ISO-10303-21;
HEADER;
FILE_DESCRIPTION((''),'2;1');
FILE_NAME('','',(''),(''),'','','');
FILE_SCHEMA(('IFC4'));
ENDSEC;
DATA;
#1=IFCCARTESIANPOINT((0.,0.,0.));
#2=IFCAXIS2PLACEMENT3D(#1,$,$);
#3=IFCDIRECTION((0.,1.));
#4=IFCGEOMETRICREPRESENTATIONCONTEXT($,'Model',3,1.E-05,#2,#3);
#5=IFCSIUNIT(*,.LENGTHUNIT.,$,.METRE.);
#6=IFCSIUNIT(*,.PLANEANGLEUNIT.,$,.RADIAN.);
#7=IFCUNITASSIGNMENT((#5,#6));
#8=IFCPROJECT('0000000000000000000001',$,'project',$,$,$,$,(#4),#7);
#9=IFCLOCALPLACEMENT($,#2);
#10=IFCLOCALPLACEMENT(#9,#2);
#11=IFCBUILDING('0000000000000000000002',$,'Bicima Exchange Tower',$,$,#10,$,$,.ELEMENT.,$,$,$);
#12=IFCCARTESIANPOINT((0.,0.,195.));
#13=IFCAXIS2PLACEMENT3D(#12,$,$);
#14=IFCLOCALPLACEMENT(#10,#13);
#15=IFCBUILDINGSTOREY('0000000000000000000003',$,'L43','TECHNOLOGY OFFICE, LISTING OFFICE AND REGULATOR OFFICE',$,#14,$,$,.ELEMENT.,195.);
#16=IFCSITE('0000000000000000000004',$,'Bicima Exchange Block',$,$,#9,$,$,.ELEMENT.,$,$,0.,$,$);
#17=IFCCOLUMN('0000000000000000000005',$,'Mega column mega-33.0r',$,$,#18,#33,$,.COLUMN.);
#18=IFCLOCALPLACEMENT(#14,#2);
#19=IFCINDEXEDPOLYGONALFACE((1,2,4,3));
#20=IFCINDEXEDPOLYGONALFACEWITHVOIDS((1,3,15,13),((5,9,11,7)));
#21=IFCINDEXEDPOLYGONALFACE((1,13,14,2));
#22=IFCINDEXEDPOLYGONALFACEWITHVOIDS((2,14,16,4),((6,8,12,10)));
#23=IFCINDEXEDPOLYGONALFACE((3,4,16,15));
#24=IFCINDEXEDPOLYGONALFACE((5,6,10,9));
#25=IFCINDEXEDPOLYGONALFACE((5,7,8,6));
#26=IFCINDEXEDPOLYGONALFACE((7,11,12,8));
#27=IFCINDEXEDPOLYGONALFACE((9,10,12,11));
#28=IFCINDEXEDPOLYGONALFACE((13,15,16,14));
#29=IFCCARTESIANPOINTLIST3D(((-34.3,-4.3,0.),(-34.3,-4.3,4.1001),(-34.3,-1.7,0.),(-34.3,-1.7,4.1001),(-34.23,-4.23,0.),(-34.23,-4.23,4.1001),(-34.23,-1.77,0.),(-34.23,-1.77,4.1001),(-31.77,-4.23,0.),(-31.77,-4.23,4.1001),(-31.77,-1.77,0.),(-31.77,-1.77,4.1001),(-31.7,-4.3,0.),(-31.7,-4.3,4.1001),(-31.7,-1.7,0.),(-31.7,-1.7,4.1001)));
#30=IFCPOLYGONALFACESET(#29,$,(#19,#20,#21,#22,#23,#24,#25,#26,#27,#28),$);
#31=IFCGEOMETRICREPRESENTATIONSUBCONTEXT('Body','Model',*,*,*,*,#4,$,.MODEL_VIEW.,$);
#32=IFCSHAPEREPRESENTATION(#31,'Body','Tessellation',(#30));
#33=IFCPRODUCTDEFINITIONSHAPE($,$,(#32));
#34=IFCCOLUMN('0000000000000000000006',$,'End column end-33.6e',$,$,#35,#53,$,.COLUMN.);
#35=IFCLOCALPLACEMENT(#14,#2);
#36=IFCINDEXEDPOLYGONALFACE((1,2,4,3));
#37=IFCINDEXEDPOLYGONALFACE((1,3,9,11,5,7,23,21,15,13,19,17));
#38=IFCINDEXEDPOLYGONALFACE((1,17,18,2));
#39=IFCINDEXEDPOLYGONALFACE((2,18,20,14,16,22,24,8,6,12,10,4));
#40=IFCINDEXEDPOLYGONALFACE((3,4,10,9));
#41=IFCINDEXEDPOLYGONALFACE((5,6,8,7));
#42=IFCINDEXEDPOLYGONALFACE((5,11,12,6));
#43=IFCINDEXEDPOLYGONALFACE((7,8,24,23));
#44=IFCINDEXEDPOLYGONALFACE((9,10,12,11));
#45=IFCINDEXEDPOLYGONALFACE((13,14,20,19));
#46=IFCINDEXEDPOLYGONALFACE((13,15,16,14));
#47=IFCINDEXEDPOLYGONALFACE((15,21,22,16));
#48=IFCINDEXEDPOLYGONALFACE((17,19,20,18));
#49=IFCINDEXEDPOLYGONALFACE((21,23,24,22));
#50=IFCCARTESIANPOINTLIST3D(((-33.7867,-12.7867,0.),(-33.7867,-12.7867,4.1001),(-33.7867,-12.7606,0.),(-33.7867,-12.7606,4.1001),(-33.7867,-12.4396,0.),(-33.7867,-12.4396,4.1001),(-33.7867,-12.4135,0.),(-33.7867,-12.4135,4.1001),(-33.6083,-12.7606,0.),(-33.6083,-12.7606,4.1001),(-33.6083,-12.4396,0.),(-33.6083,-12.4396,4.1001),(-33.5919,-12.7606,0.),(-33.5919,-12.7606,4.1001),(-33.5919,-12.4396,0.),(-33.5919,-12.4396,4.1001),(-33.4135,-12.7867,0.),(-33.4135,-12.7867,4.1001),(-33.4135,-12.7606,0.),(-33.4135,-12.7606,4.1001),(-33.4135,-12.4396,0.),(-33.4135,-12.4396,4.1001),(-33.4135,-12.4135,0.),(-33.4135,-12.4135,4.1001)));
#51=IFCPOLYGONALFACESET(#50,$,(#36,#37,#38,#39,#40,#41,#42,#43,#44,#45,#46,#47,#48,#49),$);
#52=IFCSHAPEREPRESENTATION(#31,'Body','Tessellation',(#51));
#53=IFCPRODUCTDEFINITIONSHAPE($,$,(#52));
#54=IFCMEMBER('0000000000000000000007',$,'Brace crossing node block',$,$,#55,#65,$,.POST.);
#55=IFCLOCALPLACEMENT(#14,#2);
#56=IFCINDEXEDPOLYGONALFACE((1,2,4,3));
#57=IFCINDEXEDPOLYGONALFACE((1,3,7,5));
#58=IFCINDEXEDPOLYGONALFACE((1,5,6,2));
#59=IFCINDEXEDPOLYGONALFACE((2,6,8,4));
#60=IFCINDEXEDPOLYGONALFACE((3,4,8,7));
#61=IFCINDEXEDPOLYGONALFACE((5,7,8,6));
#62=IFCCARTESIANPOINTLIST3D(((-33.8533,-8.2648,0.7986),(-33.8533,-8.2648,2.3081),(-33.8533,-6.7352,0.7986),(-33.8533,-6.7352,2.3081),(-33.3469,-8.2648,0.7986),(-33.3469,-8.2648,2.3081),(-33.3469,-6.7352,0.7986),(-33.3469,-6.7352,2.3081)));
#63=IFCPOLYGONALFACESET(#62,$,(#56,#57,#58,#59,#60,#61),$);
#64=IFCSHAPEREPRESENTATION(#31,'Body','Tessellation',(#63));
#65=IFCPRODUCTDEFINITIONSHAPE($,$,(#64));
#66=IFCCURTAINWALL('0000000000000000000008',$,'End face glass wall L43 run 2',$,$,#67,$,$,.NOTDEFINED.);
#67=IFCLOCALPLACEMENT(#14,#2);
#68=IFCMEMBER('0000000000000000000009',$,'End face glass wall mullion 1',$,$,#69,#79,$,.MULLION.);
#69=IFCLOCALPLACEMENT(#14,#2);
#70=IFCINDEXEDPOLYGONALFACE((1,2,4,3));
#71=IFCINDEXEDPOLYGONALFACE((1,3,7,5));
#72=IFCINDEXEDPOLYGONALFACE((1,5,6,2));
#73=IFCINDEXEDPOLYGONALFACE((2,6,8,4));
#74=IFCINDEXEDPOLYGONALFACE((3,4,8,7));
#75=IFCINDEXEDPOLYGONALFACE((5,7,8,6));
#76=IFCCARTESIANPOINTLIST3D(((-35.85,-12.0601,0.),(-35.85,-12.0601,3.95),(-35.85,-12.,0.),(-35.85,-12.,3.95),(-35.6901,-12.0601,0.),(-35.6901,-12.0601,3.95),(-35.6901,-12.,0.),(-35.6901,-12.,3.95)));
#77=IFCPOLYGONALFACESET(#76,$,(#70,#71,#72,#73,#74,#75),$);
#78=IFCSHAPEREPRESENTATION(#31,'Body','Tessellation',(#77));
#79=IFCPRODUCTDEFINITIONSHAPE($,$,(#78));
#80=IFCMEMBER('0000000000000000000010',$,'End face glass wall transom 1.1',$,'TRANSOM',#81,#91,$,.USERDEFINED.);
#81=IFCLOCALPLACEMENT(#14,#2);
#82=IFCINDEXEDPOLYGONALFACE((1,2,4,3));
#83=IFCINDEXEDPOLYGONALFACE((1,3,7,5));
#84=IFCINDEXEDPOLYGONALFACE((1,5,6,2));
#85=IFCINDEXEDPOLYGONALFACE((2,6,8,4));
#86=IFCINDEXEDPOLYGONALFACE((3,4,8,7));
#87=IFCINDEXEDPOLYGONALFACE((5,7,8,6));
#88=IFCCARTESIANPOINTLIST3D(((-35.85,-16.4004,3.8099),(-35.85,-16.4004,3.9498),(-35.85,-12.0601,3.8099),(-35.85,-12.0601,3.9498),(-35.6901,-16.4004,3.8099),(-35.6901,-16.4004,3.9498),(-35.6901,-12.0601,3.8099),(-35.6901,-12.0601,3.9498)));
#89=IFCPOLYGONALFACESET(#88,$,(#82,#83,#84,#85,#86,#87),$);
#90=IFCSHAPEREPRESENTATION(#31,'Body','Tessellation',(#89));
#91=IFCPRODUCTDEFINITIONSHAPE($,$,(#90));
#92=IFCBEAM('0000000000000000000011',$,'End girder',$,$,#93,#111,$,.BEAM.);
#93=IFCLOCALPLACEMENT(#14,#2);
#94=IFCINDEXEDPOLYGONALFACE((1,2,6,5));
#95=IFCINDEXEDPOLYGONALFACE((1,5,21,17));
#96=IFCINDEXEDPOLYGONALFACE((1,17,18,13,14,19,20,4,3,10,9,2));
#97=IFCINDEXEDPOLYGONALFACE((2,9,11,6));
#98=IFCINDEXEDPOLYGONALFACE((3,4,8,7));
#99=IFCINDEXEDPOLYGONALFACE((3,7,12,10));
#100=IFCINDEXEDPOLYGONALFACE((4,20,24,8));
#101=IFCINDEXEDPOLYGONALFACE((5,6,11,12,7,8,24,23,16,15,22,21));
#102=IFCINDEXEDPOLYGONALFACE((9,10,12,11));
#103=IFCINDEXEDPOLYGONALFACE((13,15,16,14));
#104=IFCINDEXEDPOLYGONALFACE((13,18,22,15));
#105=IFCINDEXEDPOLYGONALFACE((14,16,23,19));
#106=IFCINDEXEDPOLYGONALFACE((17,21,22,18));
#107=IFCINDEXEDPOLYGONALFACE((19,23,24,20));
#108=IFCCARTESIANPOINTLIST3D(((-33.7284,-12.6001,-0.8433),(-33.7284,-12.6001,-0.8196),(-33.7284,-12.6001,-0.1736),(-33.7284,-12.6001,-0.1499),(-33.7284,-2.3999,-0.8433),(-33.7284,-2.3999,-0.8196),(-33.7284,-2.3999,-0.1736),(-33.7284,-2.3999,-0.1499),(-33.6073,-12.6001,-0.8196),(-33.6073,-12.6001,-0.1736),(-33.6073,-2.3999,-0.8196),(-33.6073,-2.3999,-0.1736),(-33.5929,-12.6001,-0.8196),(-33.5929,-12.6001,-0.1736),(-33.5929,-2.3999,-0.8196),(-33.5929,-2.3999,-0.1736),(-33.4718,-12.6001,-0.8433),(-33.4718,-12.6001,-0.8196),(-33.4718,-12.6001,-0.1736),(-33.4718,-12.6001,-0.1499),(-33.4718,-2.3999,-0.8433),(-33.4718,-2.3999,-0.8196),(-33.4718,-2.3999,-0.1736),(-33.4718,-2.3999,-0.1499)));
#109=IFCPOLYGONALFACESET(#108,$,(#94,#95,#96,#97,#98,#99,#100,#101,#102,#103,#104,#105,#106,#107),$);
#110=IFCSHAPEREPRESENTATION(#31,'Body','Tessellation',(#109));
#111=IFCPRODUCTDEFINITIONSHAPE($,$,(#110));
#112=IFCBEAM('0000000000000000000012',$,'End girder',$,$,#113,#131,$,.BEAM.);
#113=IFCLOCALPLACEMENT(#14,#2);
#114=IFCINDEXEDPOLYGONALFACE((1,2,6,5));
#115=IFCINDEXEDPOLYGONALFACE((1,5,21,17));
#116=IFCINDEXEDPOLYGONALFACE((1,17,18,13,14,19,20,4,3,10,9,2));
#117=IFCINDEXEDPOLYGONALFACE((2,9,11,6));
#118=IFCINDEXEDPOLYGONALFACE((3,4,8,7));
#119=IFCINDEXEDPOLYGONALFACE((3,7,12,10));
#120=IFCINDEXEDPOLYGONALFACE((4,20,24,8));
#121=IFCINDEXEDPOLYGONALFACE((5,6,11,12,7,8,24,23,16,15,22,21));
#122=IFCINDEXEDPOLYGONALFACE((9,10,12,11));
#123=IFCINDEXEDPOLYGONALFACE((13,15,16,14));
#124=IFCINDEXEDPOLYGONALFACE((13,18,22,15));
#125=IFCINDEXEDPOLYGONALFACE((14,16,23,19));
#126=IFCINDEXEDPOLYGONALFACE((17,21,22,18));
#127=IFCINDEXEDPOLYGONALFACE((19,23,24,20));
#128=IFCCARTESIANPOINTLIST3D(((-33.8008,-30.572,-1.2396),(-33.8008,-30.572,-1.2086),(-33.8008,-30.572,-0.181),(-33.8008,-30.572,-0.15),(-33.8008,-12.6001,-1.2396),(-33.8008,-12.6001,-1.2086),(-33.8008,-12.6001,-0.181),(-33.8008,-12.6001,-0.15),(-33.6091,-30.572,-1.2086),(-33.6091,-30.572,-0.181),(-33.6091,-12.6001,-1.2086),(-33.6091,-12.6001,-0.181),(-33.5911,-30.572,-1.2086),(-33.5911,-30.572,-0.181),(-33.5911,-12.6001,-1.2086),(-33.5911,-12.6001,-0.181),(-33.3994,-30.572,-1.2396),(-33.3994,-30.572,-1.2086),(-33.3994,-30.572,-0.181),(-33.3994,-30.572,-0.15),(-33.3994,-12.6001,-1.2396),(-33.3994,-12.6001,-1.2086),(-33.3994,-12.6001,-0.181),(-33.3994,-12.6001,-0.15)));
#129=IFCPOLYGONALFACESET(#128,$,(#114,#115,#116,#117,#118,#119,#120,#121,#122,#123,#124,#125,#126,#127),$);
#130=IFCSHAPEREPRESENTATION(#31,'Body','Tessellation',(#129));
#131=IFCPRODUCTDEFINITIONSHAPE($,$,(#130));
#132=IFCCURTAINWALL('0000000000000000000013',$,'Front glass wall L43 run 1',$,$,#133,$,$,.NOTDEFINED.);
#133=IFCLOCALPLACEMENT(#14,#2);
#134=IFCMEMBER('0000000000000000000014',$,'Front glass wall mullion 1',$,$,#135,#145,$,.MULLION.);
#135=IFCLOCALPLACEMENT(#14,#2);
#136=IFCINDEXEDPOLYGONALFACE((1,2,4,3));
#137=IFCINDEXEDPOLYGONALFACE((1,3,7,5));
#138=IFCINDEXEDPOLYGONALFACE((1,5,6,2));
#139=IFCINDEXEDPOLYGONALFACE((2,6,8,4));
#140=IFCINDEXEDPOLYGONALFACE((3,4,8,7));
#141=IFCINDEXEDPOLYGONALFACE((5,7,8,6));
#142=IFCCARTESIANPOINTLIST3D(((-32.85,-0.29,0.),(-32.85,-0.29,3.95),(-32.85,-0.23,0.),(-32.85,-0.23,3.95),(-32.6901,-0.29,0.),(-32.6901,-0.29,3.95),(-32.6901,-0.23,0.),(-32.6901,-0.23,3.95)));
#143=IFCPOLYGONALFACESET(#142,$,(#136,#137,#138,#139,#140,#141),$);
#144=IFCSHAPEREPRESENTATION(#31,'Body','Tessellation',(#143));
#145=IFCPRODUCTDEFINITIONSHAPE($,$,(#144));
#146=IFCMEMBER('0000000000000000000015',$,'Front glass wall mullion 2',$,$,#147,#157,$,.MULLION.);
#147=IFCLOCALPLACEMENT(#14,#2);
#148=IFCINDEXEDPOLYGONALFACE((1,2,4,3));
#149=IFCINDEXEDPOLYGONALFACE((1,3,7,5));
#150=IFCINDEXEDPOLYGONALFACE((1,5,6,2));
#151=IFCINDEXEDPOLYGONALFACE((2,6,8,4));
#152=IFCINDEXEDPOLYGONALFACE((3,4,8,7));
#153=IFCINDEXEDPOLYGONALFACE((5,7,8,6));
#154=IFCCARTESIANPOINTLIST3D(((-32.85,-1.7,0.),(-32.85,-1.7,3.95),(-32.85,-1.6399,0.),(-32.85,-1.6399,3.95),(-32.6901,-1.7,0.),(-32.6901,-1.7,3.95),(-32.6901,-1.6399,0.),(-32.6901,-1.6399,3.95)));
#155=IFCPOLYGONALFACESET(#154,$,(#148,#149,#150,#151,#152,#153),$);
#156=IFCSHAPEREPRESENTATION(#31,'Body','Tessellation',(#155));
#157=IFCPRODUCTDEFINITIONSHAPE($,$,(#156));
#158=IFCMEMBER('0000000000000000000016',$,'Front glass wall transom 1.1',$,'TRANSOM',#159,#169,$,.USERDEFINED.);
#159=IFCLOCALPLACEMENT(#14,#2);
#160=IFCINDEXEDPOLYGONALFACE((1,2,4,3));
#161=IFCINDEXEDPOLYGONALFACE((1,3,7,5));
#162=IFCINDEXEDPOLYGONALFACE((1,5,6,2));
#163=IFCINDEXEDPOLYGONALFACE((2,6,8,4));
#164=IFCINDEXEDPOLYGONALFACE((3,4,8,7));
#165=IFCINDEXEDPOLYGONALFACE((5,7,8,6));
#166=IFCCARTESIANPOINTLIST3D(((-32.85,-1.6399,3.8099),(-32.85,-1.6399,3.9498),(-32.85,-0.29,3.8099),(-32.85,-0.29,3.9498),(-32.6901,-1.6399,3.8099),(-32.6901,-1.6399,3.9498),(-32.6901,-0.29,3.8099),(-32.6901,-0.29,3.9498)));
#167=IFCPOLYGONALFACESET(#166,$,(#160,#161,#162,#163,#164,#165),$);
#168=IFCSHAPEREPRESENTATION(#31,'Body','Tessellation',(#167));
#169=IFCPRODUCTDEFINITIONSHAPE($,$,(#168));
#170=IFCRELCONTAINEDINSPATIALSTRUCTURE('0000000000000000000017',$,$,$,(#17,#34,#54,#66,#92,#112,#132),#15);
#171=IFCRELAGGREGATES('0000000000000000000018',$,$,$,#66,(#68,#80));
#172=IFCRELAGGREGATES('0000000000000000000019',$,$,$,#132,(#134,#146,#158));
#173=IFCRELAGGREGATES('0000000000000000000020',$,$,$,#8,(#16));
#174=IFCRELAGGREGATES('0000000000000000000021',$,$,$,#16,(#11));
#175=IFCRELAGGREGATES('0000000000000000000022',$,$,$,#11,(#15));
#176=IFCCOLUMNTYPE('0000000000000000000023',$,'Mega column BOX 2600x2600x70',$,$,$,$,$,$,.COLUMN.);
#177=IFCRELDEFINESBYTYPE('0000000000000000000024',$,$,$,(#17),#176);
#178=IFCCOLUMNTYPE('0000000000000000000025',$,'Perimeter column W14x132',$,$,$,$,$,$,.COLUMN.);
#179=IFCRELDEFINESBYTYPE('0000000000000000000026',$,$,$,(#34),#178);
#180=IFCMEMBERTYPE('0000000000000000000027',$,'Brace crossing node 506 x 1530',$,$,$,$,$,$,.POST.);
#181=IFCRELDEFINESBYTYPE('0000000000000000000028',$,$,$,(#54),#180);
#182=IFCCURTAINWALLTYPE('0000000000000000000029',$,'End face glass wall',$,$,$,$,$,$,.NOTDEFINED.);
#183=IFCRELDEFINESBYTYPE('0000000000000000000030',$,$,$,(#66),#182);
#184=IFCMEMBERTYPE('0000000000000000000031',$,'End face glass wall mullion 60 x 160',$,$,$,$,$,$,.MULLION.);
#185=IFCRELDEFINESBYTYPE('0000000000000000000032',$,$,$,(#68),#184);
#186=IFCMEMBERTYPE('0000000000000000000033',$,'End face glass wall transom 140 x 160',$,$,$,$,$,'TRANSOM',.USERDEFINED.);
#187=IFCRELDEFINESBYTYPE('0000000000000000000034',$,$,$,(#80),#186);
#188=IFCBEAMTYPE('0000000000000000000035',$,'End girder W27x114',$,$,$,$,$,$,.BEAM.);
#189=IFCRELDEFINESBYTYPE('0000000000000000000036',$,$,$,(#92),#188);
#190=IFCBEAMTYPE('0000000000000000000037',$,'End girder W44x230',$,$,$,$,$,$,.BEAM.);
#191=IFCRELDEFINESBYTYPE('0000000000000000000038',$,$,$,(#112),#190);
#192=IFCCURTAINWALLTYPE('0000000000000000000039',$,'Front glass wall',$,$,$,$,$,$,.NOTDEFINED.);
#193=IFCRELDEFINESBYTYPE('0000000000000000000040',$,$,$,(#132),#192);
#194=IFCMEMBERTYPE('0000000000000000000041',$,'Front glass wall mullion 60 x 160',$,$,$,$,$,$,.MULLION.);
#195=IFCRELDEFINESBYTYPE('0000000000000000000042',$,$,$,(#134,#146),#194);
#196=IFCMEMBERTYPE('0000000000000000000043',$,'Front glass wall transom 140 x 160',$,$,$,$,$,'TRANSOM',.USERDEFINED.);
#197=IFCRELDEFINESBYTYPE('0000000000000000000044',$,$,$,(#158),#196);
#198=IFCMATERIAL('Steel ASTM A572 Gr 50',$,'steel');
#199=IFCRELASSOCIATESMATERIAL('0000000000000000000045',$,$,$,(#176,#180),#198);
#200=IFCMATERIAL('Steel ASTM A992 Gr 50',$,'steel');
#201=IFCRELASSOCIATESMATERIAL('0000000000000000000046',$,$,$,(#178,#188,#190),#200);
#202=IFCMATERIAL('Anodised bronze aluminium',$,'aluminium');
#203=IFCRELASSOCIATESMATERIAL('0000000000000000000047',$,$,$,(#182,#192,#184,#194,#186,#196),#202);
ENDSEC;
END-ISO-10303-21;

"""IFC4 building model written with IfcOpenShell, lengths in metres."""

from ifc_helpers import new_model, si_unit, direction, frame, origin, origin_2d, place, context, subcontext, project, spatial, rectangle, hollow_rectangle, i_section, extrude, material, material_profile, profile_set, type_object, element, aggregate, save


model = new_model("IFC4")

# Units and contexts
model_context = context("Model", 3, precision=1e-05, world=origin(), true_north=direction((0.0, 1.0)))
body_context = subcontext(model_context, "Body", "Model", "MODEL_VIEW")
ifc_project = project(units=[si_unit("LENGTHUNIT", "METRE"), si_unit("PLANEANGLEUNIT", "RADIAN")], contexts=[model_context])

# Site, building, storey
site_placement = place(None, origin())
site = spatial("IfcSite", under=ifc_project, at=site_placement, Name="Bicima Exchange Block", CompositionType="ELEMENT", RefElevation=0.0)
building_placement = place(site_placement, origin())
building = spatial("IfcBuilding", under=site, at=building_placement, Name="Bicima Exchange Tower", CompositionType="ELEMENT")
storey_placement = place(building_placement, frame((0.0, 0.0, 195.0)))
storey = spatial("IfcBuildingStorey", under=building, at=storey_placement, Name="L43", Description="TECHNOLOGY OFFICE, LISTING OFFICE AND REGULATOR OFFICE", CompositionType="ELEMENT", Elevation=195.0)

# Columns
ifc_material_1 = material(Name="Steel ASTM A572 Gr 50", Category="steel")
ifc_material_profile_1 = material_profile(ifc_material_1, hollow_rectangle(XDim=2.6001, YDim=2.6001, WallThickness=0.0701, at=origin_2d()))
ifc_profile_set_1 = profile_set([ifc_material_profile_1], Name="Steel ASTM A572 Gr 50")
column_type_1 = type_object("IfcColumnType", Name="Mega column BOX 2600x2600x70", PredefinedType="COLUMN", material=ifc_profile_set_1)
column_1_placement = place(storey_placement, frame((-33.0, -3.0, 0.0), z_axis=(0.0, 0.0, 1.0), x_axis=(1.0, 0.0, 0.0)))
element("IfcColumn", 1, at=column_1_placement, inside=storey, type_object=column_type_1, Name="Mega column mega-33.0r", PredefinedType="COLUMN", context=body_context, shape_type="SweptSolid", body=[
    extrude(hollow_rectangle(XDim=2.6001, YDim=2.6001, WallThickness=0.0701, at=origin_2d()), origin(), (0.0, 0.0, 1.0), 4.1001),
])
ifc_material_2 = material(Name="Steel ASTM A992 Gr 50", Category="steel")
ifc_material_profile_2 = material_profile(ifc_material_2, i_section(OverallWidth=0.3733, OverallDepth=0.3733, WebThickness=0.0164, FlangeThickness=0.0261, at=origin_2d()))
ifc_profile_set_2 = profile_set([ifc_material_profile_2], Name="Steel ASTM A992 Gr 50")
column_type_2 = type_object("IfcColumnType", Name="Perimeter column W14x132", PredefinedType="COLUMN", material=ifc_profile_set_2)
column_2_placement = place(storey_placement, frame((-33.6001, -12.6001, 0.0), z_axis=(0.0, 0.0, 1.0), x_axis=(1.0, 0.0, 0.0)))
element("IfcColumn", 2, at=column_2_placement, inside=storey, type_object=column_type_2, Name="End column end-33.6e", PredefinedType="COLUMN", context=body_context, shape_type="SweptSolid", body=[
    extrude(i_section(OverallWidth=0.3733, OverallDepth=0.3733, WebThickness=0.0164, FlangeThickness=0.0261, at=origin_2d()), origin(), (0.0, 0.0, 1.0), 4.1001),
])

# Member
ifc_material_profile_3 = material_profile(ifc_material_1, rectangle(XDim=0.5063, YDim=1.5295, at=origin_2d()))
ifc_profile_set_3 = profile_set([ifc_material_profile_3], Name="Steel ASTM A572 Gr 50")
member_type_1 = type_object("IfcMemberType", Name="Brace crossing node 506 x 1530", PredefinedType="POST", material=ifc_profile_set_3)
member_1_placement = place(storey_placement, frame((-33.6001, -7.5, 0.7986), z_axis=(0.0, 0.0, 1.0), x_axis=(1.0, 0.0, 0.0)))
element("IfcMember", 3, at=member_1_placement, inside=storey, type_object=member_type_1, Name="Brace crossing node block", PredefinedType="POST", context=body_context, shape_type="SweptSolid", body=[
    extrude(rectangle(XDim=0.5063, YDim=1.5295, at=origin_2d()), origin(), (0.0, 0.0, 1.0), 1.5095),
])

# Curtain wall, members
ifc_material_3 = material(Name="Anodised bronze aluminium", Category="aluminium")
curtain_wall_type_1 = type_object("IfcCurtainWallType", Name="End face glass wall", PredefinedType="NOTDEFINED", material=ifc_material_3)
curtain_wall_1_placement = place(storey_placement, origin())
curtain_wall_1 = element("IfcCurtainWall", 4, at=curtain_wall_1_placement, inside=storey, type_object=curtain_wall_type_1, Name="End face glass wall L43 run 2", PredefinedType="NOTDEFINED")
ifc_material_profile_4 = material_profile(ifc_material_3, rectangle(XDim=0.1599, YDim=0.0601, at=origin_2d()))
ifc_profile_set_4 = profile_set([ifc_material_profile_4], Name="Anodised bronze aluminium")
member_type_2 = type_object("IfcMemberType", Name="End face glass wall mullion 60 x 160", PredefinedType="MULLION", material=ifc_profile_set_4)
member_2_placement = place(storey_placement, frame((-35.77, -12.03, 0.0), z_axis=(0.0, 0.0, 1.0), x_axis=(1.0, 0.0, 0.0)))
member_2 = element("IfcMember", 5, at=member_2_placement, type_object=member_type_2, Name="End face glass wall mullion 1", PredefinedType="MULLION", context=body_context, shape_type="SweptSolid", body=[
    extrude(rectangle(XDim=0.1599, YDim=0.0601, at=origin_2d()), origin(), (0.0, 0.0, 1.0), 3.95),
])
ifc_material_profile_5 = material_profile(ifc_material_3, rectangle(XDim=0.1599, YDim=0.1399, at=origin_2d()))
ifc_profile_set_5 = profile_set([ifc_material_profile_5], Name="Anodised bronze aluminium")
member_type_3 = type_object("IfcMemberType", Name="End face glass wall transom 140 x 160", ElementType="TRANSOM", PredefinedType="USERDEFINED", material=ifc_profile_set_5)
member_3_placement = place(storey_placement, frame((-35.77, -12.0601, 3.8799), z_axis=(0.0, -1.0, 0.0), x_axis=(1.0, 0.0, 0.0)))
member_3 = element("IfcMember", 6, at=member_3_placement, type_object=member_type_3, Name="End face glass wall transom 1.1", ObjectType="TRANSOM", PredefinedType="USERDEFINED", context=body_context, shape_type="SweptSolid", body=[
    extrude(rectangle(XDim=0.1599, YDim=0.1399, at=origin_2d()), origin(), (0.0, 0.0, 1.0), 4.3403),
])
aggregate(curtain_wall_1, [member_2, member_3])

# Beams
ifc_material_profile_6 = material_profile(ifc_material_2, i_section(OverallWidth=0.2566, OverallDepth=0.6934, WebThickness=0.0144, FlangeThickness=0.0237, at=origin_2d()))
ifc_profile_set_6 = profile_set([ifc_material_profile_6], Name="Steel ASTM A992 Gr 50")
beam_type_1 = type_object("IfcBeamType", Name="End girder W27x114", PredefinedType="BEAM", material=ifc_profile_set_6)
beam_1_placement = place(storey_placement, frame((-33.6001, -2.3999, -0.4966), z_axis=(0.0, -1.0, 0.0), x_axis=(1.0, 0.0, 0.0)))
element("IfcBeam", 7, at=beam_1_placement, inside=storey, type_object=beam_type_1, Name="End girder", PredefinedType="BEAM", context=body_context, shape_type="SweptSolid", body=[
    extrude(i_section(OverallWidth=0.2566, OverallDepth=0.6934, WebThickness=0.0144, FlangeThickness=0.0237, at=origin_2d()), origin(), (0.0, 0.0, 1.0), 10.2002),
])
ifc_material_profile_7 = material_profile(ifc_material_2, i_section(OverallWidth=0.4014, OverallDepth=1.0896, WebThickness=0.0181, FlangeThickness=0.031, at=origin_2d()))
ifc_profile_set_7 = profile_set([ifc_material_profile_7], Name="Steel ASTM A992 Gr 50")
beam_type_2 = type_object("IfcBeamType", Name="End girder W44x230", PredefinedType="BEAM", material=ifc_profile_set_7)
beam_2_placement = place(storey_placement, frame((-33.6001, -12.6001, -0.6948), z_axis=(0.0, -1.0, 0.0), x_axis=(1.0, 0.0, 0.0)))
element("IfcBeam", 8, at=beam_2_placement, inside=storey, type_object=beam_type_2, Name="End girder", PredefinedType="BEAM", context=body_context, shape_type="SweptSolid", body=[
    extrude(i_section(OverallWidth=0.4014, OverallDepth=1.0896, WebThickness=0.0181, FlangeThickness=0.031, at=origin_2d()), origin(), (0.0, 0.0, 1.0), 17.9719),
])

# Curtain wall, members
curtain_wall_type_2 = type_object("IfcCurtainWallType", Name="Front glass wall", PredefinedType="NOTDEFINED", material=ifc_material_3)
curtain_wall_2_placement = place(storey_placement, origin())
curtain_wall_2 = element("IfcCurtainWall", 9, at=curtain_wall_2_placement, inside=storey, type_object=curtain_wall_type_2, Name="Front glass wall L43 run 1", PredefinedType="NOTDEFINED")
member_type_4 = type_object("IfcMemberType", Name="Front glass wall mullion 60 x 160", PredefinedType="MULLION", material=ifc_profile_set_4)
member_4_placement = place(storey_placement, frame((-32.77, -0.26, 0.0), z_axis=(0.0, 0.0, 1.0), x_axis=(1.0, 0.0, 0.0)))
member_4 = element("IfcMember", 10, at=member_4_placement, type_object=member_type_4, Name="Front glass wall mullion 1", PredefinedType="MULLION", context=body_context, shape_type="SweptSolid", body=[
    extrude(rectangle(XDim=0.1599, YDim=0.0601, at=origin_2d()), origin(), (0.0, 0.0, 1.0), 3.95),
])
member_5_placement = place(storey_placement, frame((-32.77, -1.6699, 0.0), z_axis=(0.0, 0.0, 1.0), x_axis=(1.0, 0.0, 0.0)))
member_5 = element("IfcMember", 11, at=member_5_placement, type_object=member_type_4, Name="Front glass wall mullion 2", PredefinedType="MULLION", context=body_context, shape_type="SweptSolid", body=[
    extrude(rectangle(XDim=0.1599, YDim=0.0601, at=origin_2d()), origin(), (0.0, 0.0, 1.0), 3.95),
])
member_type_5 = type_object("IfcMemberType", Name="Front glass wall transom 140 x 160", ElementType="TRANSOM", PredefinedType="USERDEFINED", material=ifc_profile_set_5)
member_6_placement = place(storey_placement, frame((-32.77, -0.29, 3.8799), z_axis=(0.0, -1.0, 0.0), x_axis=(1.0, 0.0, 0.0)))
member_6 = element("IfcMember", 12, at=member_6_placement, type_object=member_type_5, Name="Front glass wall transom 1.1", ObjectType="TRANSOM", PredefinedType="USERDEFINED", context=body_context, shape_type="SweptSolid", body=[
    extrude(rectangle(XDim=0.1599, YDim=0.1399, at=origin_2d()), origin(), (0.0, 0.0, 1.0), 1.3499),
])

aggregate(curtain_wall_2, [member_4, member_5, member_6])

save(model, "model.ifc")
